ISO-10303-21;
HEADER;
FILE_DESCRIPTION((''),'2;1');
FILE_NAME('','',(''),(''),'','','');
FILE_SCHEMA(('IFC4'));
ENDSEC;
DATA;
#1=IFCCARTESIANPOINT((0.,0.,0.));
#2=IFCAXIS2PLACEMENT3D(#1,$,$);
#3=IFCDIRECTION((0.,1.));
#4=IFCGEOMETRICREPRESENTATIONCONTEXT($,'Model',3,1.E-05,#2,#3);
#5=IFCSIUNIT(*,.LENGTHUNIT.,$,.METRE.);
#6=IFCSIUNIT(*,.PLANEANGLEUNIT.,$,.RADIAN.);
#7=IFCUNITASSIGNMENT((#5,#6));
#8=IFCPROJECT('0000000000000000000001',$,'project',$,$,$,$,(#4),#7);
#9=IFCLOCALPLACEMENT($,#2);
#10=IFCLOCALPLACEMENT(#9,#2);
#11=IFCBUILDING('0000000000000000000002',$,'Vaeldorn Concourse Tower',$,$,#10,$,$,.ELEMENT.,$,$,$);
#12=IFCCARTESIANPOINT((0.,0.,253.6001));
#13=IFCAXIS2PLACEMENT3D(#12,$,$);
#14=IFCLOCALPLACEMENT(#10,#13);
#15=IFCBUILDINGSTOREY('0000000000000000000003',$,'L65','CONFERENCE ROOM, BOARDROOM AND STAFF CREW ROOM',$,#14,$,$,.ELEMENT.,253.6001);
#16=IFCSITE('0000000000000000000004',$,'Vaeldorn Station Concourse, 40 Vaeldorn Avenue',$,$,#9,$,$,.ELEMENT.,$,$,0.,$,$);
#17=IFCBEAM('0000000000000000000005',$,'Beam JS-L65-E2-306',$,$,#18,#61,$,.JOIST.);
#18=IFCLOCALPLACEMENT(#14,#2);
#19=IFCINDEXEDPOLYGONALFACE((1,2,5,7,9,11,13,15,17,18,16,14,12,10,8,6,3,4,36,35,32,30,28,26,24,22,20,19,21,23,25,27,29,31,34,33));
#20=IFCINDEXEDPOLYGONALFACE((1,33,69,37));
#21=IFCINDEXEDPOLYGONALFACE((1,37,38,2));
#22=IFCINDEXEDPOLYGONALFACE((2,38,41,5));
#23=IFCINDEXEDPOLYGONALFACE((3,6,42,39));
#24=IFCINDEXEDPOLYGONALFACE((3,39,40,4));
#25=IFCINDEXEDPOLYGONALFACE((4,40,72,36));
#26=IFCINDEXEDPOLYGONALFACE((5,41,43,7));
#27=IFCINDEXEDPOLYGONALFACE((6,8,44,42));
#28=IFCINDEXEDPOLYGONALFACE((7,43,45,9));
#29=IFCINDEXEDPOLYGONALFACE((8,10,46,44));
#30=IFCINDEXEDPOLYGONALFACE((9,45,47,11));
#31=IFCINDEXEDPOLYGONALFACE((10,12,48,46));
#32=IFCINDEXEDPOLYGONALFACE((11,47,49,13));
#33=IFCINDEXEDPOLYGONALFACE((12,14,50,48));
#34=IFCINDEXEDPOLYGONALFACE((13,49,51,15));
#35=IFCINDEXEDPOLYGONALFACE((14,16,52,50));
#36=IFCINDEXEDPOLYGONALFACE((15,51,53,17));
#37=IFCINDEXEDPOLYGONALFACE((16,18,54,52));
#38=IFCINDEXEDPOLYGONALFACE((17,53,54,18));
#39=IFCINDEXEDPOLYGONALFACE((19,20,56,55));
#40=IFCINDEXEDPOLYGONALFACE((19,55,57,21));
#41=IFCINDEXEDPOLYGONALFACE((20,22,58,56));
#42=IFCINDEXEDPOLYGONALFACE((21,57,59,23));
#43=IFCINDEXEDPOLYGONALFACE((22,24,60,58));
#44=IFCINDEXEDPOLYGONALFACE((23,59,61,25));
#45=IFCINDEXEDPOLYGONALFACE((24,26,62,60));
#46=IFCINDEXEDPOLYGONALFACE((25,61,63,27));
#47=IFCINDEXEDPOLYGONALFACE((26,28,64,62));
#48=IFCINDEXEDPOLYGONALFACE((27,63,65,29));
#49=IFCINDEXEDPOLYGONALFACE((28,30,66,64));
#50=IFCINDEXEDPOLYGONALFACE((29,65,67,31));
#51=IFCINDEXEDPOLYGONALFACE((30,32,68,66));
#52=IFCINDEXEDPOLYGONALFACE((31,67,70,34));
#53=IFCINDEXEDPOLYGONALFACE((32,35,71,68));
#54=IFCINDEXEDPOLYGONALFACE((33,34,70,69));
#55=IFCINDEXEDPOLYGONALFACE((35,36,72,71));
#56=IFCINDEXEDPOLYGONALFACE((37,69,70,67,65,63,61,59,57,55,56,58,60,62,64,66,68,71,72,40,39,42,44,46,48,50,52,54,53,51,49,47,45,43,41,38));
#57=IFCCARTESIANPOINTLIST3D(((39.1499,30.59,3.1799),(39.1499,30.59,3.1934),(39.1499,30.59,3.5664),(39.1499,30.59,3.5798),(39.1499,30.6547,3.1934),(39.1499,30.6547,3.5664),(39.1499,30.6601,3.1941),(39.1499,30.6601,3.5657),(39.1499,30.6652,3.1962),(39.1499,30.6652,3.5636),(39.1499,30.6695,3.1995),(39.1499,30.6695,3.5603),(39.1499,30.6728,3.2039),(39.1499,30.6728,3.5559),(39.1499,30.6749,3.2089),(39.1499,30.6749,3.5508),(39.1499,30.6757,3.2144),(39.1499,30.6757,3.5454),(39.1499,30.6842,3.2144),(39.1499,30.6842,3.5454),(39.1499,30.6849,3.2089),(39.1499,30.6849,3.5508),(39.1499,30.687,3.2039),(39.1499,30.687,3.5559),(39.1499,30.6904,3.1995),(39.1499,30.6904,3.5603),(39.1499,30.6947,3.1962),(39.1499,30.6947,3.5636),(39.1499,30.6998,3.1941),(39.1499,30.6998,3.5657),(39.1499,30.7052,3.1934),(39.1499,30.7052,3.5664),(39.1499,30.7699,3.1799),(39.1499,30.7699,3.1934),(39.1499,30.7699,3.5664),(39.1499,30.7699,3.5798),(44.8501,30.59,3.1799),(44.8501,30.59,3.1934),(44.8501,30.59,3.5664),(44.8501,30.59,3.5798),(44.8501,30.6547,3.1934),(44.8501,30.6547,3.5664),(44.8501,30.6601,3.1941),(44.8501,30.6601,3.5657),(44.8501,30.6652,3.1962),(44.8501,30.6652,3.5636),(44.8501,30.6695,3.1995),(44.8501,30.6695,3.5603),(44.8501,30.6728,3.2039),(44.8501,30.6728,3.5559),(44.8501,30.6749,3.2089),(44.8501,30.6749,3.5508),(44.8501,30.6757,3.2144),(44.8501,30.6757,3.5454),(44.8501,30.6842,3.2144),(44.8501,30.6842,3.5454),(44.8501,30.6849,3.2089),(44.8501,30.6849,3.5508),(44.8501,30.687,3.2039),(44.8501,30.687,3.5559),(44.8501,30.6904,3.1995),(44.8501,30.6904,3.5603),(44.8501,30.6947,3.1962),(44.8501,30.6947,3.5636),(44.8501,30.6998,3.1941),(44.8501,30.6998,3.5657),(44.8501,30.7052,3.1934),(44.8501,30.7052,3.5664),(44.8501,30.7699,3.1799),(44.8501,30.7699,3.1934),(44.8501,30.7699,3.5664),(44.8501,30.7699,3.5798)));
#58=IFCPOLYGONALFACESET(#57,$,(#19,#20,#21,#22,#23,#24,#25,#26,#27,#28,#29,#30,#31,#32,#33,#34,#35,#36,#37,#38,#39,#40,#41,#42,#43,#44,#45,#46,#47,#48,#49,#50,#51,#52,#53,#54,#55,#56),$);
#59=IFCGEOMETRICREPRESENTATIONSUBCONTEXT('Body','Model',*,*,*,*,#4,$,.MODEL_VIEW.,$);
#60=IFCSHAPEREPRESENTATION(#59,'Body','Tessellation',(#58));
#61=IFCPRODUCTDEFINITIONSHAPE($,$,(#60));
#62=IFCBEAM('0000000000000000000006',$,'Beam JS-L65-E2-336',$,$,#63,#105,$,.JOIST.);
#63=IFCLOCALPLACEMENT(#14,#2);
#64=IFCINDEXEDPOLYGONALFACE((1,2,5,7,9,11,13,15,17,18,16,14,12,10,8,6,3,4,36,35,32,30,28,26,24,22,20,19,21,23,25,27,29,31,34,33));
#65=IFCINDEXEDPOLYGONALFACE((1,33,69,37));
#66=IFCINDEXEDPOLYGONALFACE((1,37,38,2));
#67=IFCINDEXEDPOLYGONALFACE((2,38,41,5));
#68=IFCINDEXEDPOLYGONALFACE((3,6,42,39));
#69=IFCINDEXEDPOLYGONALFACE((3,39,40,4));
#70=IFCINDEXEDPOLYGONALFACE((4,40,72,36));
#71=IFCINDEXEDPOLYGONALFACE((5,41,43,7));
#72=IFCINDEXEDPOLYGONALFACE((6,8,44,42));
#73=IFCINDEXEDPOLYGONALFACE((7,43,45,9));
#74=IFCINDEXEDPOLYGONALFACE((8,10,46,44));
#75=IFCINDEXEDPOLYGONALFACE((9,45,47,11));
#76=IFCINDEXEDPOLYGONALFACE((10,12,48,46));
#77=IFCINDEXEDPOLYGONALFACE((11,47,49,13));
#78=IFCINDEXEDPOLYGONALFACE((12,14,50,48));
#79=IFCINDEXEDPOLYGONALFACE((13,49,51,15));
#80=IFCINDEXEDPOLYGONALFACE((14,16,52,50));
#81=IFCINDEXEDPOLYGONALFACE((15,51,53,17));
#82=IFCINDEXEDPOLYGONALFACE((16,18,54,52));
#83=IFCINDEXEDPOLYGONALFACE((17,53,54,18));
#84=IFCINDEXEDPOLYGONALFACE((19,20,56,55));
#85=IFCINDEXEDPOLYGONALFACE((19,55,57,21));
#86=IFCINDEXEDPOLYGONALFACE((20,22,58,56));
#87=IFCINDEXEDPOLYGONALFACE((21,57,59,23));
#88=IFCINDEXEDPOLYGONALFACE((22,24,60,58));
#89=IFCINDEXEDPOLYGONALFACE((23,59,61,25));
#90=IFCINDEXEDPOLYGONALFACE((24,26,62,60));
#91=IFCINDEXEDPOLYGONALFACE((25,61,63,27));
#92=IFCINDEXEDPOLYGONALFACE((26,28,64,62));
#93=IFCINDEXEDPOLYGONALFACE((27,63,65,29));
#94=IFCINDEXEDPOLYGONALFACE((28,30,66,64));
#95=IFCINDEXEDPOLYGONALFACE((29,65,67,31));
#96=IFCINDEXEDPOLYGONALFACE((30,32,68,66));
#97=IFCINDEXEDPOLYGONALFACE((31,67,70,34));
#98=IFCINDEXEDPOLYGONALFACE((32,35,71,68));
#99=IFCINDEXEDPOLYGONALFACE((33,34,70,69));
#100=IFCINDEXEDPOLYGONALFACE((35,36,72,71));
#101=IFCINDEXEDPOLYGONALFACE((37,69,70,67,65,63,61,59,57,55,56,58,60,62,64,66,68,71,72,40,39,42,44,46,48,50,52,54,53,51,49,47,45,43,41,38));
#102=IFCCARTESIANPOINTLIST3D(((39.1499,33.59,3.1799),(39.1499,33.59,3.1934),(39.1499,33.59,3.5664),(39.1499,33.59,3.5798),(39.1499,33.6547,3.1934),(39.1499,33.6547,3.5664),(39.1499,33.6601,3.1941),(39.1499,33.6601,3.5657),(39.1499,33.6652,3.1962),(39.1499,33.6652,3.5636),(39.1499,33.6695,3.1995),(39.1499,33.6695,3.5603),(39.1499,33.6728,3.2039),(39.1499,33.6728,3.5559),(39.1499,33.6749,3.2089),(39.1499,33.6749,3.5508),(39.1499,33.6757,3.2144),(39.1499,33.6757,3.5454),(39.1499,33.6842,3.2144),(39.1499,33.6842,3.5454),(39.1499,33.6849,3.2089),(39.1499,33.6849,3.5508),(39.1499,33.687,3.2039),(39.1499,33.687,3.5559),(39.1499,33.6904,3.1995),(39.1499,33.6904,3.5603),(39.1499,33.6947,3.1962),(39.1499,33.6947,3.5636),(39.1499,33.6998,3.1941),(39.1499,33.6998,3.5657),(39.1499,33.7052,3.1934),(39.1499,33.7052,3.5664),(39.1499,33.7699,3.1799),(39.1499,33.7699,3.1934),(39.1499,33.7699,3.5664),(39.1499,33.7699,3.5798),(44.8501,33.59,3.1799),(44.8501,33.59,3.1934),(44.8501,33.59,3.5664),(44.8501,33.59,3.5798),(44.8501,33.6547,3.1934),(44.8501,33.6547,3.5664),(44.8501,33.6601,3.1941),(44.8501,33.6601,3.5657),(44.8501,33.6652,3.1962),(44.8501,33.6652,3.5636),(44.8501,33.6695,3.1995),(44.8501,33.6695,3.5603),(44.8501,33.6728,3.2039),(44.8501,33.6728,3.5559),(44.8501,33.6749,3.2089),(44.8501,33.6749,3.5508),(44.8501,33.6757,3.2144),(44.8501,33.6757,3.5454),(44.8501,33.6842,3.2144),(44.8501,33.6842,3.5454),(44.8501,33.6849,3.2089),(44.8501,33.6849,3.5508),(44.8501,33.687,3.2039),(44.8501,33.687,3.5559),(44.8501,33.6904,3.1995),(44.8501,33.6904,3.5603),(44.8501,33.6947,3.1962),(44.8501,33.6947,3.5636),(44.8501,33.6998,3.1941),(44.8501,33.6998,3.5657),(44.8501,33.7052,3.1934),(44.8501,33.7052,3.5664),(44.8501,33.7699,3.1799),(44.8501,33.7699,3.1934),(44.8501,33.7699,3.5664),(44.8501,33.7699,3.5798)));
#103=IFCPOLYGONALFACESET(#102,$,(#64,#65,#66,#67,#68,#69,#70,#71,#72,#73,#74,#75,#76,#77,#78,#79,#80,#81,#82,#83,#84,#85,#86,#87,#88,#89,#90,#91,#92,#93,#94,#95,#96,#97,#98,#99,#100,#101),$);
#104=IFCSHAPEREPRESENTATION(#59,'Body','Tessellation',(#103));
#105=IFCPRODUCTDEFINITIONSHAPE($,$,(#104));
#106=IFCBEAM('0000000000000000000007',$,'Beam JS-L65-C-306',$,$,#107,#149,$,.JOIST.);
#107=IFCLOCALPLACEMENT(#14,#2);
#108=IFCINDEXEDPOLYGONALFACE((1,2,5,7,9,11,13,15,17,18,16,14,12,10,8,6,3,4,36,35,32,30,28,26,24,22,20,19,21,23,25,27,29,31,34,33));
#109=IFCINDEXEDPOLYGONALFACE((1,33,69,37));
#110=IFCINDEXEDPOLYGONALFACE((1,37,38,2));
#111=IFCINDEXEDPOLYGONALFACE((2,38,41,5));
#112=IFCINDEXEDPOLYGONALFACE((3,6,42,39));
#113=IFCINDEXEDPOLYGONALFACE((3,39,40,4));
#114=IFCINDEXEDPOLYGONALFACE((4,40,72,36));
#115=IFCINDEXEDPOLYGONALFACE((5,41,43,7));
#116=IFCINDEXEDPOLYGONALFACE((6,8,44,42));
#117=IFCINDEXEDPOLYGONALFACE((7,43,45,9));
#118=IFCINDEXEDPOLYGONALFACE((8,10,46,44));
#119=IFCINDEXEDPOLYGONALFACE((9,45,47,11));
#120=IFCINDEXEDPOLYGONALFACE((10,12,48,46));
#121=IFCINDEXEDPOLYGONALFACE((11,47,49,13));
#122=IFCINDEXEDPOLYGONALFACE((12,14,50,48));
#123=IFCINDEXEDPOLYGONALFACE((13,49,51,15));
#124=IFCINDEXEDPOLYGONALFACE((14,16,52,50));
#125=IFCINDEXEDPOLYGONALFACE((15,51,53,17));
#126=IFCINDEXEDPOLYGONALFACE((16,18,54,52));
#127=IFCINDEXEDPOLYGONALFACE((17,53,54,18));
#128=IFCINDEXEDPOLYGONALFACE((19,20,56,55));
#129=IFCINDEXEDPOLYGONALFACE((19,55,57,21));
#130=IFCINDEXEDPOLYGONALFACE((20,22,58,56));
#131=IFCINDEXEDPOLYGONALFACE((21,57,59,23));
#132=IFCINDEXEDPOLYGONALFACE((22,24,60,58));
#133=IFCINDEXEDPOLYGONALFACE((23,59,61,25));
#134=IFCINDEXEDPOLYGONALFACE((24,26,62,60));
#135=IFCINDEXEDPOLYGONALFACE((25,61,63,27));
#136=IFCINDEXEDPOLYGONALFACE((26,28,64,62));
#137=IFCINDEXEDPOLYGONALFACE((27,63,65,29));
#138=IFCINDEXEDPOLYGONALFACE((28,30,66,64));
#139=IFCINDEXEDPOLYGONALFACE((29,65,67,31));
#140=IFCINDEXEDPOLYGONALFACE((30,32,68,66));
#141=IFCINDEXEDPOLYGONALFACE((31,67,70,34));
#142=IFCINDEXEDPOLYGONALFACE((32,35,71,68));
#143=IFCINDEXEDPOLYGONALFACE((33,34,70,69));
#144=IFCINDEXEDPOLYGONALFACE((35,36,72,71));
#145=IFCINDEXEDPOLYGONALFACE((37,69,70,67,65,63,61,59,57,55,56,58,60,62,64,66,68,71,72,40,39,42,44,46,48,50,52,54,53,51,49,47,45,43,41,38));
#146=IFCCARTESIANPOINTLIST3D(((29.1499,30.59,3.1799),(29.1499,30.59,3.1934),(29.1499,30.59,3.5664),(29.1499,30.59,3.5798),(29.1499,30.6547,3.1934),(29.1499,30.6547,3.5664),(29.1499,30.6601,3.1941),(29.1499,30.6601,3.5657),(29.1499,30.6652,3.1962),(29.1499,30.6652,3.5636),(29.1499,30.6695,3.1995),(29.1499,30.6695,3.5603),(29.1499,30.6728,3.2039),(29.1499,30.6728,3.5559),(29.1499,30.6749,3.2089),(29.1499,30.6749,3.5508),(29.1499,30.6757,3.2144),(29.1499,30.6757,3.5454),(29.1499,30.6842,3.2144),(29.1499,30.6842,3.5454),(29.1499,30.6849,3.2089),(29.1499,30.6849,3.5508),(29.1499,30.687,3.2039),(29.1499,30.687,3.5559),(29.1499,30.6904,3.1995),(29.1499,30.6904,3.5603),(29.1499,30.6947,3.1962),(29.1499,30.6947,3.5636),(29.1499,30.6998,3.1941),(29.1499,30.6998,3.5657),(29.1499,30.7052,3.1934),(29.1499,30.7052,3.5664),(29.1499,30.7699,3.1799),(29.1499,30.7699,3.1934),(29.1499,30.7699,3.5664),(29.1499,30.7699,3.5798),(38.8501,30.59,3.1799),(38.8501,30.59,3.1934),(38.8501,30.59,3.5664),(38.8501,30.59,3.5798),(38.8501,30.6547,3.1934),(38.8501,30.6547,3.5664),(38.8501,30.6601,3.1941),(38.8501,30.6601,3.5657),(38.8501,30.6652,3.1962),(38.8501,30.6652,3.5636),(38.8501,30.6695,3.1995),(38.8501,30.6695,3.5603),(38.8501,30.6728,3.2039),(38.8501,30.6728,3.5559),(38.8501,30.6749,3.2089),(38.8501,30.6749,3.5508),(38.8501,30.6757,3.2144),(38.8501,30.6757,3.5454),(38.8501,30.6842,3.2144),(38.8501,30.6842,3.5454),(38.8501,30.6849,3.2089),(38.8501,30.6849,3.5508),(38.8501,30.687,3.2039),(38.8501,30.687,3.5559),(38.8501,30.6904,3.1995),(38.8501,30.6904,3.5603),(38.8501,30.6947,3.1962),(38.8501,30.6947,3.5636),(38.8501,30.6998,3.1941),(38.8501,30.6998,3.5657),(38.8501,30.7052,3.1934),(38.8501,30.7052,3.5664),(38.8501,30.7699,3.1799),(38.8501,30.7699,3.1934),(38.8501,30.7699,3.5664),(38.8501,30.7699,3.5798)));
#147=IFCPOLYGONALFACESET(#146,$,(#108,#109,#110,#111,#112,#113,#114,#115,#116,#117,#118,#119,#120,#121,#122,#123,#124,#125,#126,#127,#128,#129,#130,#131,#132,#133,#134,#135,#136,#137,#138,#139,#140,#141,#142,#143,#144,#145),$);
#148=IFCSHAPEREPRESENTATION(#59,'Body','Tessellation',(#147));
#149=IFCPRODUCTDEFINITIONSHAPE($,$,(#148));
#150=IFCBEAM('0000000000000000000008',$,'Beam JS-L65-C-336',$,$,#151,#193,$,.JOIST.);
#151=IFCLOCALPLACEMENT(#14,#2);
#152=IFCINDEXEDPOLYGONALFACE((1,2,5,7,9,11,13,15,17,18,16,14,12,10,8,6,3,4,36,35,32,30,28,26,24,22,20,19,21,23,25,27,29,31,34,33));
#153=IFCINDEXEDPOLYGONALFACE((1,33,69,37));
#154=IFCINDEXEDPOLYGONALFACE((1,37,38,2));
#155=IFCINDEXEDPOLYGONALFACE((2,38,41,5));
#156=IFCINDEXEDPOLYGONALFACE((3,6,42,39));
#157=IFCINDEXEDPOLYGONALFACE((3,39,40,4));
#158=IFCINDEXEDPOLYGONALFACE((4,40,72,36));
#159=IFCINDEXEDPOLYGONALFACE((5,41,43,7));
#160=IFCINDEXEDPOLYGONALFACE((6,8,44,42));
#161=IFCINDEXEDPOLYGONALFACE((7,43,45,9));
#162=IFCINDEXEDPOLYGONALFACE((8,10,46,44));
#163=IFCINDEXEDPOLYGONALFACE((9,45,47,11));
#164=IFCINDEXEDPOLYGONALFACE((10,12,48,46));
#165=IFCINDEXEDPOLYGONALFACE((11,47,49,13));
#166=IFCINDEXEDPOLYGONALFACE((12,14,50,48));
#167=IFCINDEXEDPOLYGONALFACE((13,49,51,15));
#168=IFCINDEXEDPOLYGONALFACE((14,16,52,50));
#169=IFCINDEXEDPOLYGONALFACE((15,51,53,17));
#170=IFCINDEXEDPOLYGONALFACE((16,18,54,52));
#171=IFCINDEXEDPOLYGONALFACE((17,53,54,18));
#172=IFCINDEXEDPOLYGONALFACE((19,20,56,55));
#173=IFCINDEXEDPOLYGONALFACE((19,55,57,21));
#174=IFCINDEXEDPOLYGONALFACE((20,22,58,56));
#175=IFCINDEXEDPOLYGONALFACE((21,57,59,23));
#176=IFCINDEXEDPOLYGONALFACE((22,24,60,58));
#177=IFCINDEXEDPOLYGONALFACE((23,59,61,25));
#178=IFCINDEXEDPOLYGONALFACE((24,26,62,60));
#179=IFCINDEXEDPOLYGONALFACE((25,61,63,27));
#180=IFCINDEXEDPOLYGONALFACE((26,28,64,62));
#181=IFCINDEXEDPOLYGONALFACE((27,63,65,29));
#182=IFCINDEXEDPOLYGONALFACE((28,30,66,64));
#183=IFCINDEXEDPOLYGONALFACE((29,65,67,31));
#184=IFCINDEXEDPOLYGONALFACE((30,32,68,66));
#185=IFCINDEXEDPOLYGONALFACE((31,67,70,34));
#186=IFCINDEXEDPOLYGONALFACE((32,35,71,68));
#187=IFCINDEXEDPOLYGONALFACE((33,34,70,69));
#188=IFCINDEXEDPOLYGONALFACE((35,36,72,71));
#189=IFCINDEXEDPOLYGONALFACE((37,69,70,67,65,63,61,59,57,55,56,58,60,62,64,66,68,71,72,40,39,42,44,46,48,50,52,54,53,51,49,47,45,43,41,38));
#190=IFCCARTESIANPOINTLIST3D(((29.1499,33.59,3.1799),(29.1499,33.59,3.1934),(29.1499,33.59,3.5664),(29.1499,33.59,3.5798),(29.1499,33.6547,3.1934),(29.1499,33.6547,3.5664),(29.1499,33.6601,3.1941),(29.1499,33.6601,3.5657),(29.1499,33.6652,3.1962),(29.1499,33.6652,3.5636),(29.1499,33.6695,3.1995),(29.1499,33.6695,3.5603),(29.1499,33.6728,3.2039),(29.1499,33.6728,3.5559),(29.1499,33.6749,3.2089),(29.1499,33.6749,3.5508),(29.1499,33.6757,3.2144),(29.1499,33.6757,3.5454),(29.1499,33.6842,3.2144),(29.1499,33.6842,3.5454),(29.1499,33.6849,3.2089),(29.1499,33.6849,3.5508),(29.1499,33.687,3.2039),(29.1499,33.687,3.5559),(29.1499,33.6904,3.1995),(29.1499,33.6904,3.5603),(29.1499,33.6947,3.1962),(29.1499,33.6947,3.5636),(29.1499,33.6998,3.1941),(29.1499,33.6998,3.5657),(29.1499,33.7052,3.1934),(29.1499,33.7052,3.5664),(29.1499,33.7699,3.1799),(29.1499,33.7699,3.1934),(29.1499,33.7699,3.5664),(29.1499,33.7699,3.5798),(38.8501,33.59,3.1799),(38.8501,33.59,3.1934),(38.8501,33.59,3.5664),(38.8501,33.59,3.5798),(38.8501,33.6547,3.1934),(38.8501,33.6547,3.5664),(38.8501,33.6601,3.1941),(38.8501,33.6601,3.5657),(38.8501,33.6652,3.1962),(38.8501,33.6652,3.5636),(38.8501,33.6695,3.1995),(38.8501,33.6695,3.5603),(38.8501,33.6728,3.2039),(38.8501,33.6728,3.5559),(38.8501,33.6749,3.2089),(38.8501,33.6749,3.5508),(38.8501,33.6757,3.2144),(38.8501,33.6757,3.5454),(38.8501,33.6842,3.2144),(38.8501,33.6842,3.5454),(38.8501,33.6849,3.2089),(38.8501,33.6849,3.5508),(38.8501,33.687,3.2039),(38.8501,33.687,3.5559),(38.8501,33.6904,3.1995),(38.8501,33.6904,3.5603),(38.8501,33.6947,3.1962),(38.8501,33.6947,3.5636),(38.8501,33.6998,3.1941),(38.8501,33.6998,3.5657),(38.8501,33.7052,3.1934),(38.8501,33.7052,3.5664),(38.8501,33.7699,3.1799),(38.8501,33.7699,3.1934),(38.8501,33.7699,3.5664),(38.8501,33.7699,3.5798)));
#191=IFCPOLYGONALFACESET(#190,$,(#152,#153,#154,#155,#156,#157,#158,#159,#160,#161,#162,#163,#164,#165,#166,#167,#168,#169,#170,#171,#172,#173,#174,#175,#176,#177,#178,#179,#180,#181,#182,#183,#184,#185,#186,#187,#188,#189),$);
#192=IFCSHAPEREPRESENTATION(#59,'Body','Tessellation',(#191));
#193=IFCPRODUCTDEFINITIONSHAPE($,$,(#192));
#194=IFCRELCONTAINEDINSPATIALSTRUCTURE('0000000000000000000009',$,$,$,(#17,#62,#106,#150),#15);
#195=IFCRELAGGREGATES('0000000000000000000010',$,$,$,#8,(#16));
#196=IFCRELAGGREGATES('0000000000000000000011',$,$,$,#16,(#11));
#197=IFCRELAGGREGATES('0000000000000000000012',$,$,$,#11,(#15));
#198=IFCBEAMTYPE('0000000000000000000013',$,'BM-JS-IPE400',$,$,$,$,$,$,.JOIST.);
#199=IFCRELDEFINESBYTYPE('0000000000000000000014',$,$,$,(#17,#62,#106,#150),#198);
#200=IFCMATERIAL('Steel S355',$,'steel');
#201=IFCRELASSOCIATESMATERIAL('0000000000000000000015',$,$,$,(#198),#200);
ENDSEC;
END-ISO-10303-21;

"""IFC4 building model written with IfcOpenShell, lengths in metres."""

from ifc_helpers import new_model, si_unit, direction, frame, origin, origin_2d, place, context, subcontext, project, spatial, i_section, extrude, source, transform, mapped, material, material_profile, profile_set, type_object, element, save


model = new_model("IFC4")

# Units and contexts
model_context = context("Model", 3, precision=1e-05, world=origin(), true_north=direction((0.0, 1.0)))
body_context = subcontext(model_context, "Body", "Model", "MODEL_VIEW")
ifc_project = project(units=[si_unit("LENGTHUNIT", "METRE"), si_unit("PLANEANGLEUNIT", "RADIAN")], contexts=[model_context])

# Site, building, storey
site_placement = place(None, origin())
site = spatial("IfcSite", under=ifc_project, at=site_placement, Name="Vaeldorn Station Concourse, 40 Vaeldorn Avenue", CompositionType="ELEMENT", RefElevation=0.0)
building_placement = place(site_placement, origin())
building = spatial("IfcBuilding", under=site, at=building_placement, Name="Vaeldorn Concourse Tower", CompositionType="ELEMENT")
storey_placement = place(building_placement, frame((0.0, 0.0, 253.6001)))
storey = spatial("IfcBuildingStorey", under=building, at=storey_placement, Name="L65", Description="CONFERENCE ROOM, BOARDROOM AND STAFF CREW ROOM", CompositionType="ELEMENT", Elevation=253.6001)

# Shared definitions
ifc_material_1 = material(Name="Steel S355", Category="steel")

# Beams
ifc_material_profile_1 = material_profile(ifc_material_1, i_section(OverallWidth=0.1799, OverallDepth=0.3999, WebThickness=0.0085, FlangeThickness=0.0134, FilletRadius=0.021, at=origin_2d()), Name="IPE 400")
ifc_profile_set_1 = profile_set([ifc_material_profile_1], Name="Steel S355")
beam_type_1 = type_object("IfcBeamType", Name="BM-JS-IPE400", PredefinedType="JOIST", material=ifc_profile_set_1)
shared_shape_1 = source(origin(), body_context, "Body", "SweptSolid", [
    extrude(i_section(OverallWidth=0.1799, OverallDepth=0.3999, WebThickness=0.0085, FlangeThickness=0.0134, FilletRadius=0.021, at=origin_2d()), origin(), (0.0, 0.0, 1.0), 5.7002),
])
for number, where, z_axis, x_axis, name in (
    (1, (39.1499, 30.6799, 3.3799), (1.0, 0.0, 0.0), (0.0, 1.0, 0.0), "Beam JS-L65-E2-306"),
    (2, (39.1499, 33.6799, 3.3799), (1.0, 0.0, 0.0), (0.0, 1.0, 0.0), "Beam JS-L65-E2-336"),
):
    element("IfcBeam", number, at=place(storey_placement, frame(where, z_axis=z_axis, x_axis=x_axis)), inside=storey, type_object=beam_type_1, Name=name, PredefinedType="JOIST", context=body_context, shape_type="MappedRepresentation", body=[
        mapped(shared_shape_1, transform((0.0, 0.0, 0.0), scale=1.0)),
    ])
shared_shape_2 = source(origin(), body_context, "Body", "SweptSolid", [
    extrude(i_section(OverallWidth=0.1799, OverallDepth=0.3999, WebThickness=0.0085, FlangeThickness=0.0134, FilletRadius=0.021, at=origin_2d()), origin(), (0.0, 0.0, 1.0), 9.7002),
])
for number, where, z_axis, x_axis, name in (
    (3, (29.1499, 30.6799, 3.3799), (1.0, 0.0, 0.0), (0.0, 1.0, 0.0), "Beam JS-L65-C-306"),
    (4, (29.1499, 33.6799, 3.3799), (1.0, 0.0, 0.0), (0.0, 1.0, 0.0), "Beam JS-L65-C-336"),
):
    element("IfcBeam", number, at=place(storey_placement, frame(where, z_axis=z_axis, x_axis=x_axis)), inside=storey, type_object=beam_type_1, Name=name, PredefinedType="JOIST", context=body_context, shape_type="MappedRepresentation", body=[
        mapped(shared_shape_2, transform((0.0, 0.0, 0.0), scale=1.0)),
    ])

save(model, "model.ifc")
